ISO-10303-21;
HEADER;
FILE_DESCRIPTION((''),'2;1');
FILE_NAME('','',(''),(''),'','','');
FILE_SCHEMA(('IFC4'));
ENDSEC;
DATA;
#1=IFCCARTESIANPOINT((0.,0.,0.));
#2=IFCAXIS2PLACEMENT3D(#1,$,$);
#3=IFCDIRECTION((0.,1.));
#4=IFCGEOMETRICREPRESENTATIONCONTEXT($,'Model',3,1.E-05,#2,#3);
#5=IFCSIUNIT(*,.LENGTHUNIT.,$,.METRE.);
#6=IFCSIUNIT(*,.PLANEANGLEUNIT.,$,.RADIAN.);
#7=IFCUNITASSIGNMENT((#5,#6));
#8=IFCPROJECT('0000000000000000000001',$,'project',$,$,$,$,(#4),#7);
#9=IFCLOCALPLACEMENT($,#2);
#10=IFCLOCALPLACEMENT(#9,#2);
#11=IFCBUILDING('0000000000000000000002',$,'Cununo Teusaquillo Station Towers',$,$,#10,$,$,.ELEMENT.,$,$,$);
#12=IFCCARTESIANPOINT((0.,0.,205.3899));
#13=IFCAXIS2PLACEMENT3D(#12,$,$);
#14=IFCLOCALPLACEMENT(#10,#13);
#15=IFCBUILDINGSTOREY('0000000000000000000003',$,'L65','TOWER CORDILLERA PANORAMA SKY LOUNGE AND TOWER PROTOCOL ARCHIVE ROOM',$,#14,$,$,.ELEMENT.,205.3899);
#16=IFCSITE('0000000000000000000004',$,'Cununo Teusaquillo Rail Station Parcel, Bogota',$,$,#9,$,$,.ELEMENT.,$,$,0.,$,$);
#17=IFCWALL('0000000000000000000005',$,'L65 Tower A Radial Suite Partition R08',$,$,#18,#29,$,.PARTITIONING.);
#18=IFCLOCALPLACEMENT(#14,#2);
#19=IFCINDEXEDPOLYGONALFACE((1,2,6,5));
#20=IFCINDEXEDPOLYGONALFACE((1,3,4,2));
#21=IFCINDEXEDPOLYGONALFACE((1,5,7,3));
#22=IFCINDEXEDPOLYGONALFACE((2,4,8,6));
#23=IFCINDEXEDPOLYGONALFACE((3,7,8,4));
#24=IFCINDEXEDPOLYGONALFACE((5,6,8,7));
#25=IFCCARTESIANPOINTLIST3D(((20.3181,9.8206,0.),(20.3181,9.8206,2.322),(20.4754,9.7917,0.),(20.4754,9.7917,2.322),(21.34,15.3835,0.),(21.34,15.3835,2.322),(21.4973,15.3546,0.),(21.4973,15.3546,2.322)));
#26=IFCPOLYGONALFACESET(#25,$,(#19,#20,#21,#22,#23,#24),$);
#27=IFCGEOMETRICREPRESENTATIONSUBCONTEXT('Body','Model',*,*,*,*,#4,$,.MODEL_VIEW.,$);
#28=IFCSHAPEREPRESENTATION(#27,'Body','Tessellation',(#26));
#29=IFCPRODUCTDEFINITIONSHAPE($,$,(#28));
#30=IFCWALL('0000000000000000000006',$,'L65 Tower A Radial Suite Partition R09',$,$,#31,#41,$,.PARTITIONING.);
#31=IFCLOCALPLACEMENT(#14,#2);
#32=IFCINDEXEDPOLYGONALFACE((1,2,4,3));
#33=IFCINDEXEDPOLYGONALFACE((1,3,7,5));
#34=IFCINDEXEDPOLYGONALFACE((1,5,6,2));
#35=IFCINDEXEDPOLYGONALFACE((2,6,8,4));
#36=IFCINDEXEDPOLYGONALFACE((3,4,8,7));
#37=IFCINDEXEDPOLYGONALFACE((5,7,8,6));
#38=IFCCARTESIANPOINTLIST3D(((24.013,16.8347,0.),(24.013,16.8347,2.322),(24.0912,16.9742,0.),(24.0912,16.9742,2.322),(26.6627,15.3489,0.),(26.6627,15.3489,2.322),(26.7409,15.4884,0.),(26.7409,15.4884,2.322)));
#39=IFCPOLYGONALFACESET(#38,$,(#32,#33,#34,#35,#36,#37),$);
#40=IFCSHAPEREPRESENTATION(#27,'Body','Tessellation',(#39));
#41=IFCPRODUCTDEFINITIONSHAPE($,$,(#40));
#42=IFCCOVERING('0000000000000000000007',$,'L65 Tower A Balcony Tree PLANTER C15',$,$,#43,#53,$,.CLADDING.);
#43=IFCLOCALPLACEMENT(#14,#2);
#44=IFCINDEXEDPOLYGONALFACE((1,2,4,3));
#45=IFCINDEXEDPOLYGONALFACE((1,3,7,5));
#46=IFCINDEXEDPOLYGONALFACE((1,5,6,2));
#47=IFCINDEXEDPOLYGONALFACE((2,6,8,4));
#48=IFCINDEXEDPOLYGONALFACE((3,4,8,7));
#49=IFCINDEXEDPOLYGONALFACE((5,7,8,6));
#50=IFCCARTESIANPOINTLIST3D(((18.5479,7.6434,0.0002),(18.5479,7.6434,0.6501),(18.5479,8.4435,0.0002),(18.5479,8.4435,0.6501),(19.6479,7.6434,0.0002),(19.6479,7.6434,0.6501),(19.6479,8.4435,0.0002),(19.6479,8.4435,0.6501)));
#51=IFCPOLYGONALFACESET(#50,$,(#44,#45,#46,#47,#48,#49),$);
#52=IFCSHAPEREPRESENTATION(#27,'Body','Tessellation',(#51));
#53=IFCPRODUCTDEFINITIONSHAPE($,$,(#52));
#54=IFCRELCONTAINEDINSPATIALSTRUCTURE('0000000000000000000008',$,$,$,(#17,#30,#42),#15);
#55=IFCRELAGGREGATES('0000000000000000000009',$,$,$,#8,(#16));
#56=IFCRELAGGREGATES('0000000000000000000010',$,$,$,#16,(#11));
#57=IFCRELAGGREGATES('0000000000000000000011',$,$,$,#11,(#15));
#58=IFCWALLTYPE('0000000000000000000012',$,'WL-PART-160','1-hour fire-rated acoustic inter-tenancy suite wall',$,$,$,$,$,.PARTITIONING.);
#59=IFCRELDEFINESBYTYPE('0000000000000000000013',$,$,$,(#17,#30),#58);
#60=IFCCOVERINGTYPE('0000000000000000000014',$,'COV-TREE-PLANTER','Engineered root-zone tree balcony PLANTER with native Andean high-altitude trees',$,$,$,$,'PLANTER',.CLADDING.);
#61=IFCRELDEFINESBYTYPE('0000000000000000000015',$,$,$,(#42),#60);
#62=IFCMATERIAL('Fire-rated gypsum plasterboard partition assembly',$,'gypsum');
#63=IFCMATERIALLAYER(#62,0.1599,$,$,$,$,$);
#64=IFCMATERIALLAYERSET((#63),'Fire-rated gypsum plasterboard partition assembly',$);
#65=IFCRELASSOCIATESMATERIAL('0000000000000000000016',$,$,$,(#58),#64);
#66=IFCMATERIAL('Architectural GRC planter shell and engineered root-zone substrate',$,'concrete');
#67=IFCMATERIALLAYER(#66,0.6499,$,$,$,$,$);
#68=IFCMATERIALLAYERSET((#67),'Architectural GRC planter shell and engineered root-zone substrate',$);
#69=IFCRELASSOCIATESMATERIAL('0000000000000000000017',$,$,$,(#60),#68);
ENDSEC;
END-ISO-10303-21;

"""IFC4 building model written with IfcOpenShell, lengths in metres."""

from ifc_helpers import new_model, si_unit, direction, frame, frame_2d, origin, origin_2d, place, context, subcontext, project, spatial, rectangle, extrude, source, transform, mapped, material, layer, layer_set, type_object, element, save


model = new_model("IFC4")

# Units and contexts
model_context = context("Model", 3, precision=1e-05, world=origin(), true_north=direction((0.0, 1.0)))
body_context = subcontext(model_context, "Body", "Model", "MODEL_VIEW")
ifc_project = project(units=[si_unit("LENGTHUNIT", "METRE"), si_unit("PLANEANGLEUNIT", "RADIAN")], contexts=[model_context])

# Site, building, storey
site_placement = place(None, origin())
site = spatial("IfcSite", under=ifc_project, at=site_placement, Name="Cununo Teusaquillo Rail Station Parcel, Bogota", CompositionType="ELEMENT", RefElevation=0.0)
building_placement = place(site_placement, origin())
building = spatial("IfcBuilding", under=site, at=building_placement, Name="Cununo Teusaquillo Station Towers", CompositionType="ELEMENT")
storey_placement = place(building_placement, frame((0.0, 0.0, 205.3899)))
storey = spatial("IfcBuildingStorey", under=building, at=storey_placement, Name="L65", Description="TOWER CORDILLERA PANORAMA SKY LOUNGE AND TOWER PROTOCOL ARCHIVE ROOM", CompositionType="ELEMENT", Elevation=205.3899)

# Walls
ifc_material_1 = material(Name="Fire-rated gypsum plasterboard partition assembly", Category="gypsum")
ifc_layer_1 = layer(ifc_material_1, 0.1599)
ifc_layer_set_1 = layer_set([ifc_layer_1], Name="Fire-rated gypsum plasterboard partition assembly")
wall_type_1 = type_object("IfcWallType", Name="WL-PART-160", Description="1-hour fire-rated acoustic inter-tenancy suite wall", PredefinedType="PARTITIONING", material=ifc_layer_set_1)
wall_1_placement = place(storey_placement, frame((21.4187, 15.3691, 0.0), z_axis=(0.0, 0.0, 1.0), x_axis=(-0.180686, -0.983541, 0.0)))
element("IfcWall", 1, at=wall_1_placement, inside=storey, type_object=wall_type_1, Name="L65 Tower A Radial Suite Partition R08", PredefinedType="PARTITIONING", context=body_context, shape_type="SweptSolid", body=[
    extrude(rectangle(XDim=5.656, YDim=0.1599, at=frame_2d((2.8281, 0.0))), origin(), (0.0, 0.0, 1.0), 2.322),
])
wall_2_placement = place(storey_placement, frame((24.052, 16.9045, 0.0), z_axis=(0.0, 0.0, 1.0), x_axis=(0.872221, -0.489112, 0.0)))
element("IfcWall", 2, at=wall_2_placement, inside=storey, type_object=wall_type_1, Name="L65 Tower A Radial Suite Partition R09", PredefinedType="PARTITIONING", context=body_context, shape_type="SweptSolid", body=[
    extrude(rectangle(XDim=3.0378, YDim=0.1599, at=frame_2d((1.519, 0.0))), origin(), (0.0, 0.0, 1.0), 2.322),
])

# Covering
ifc_material_2 = material(Name="Architectural GRC planter shell and engineered root-zone substrate", Category="concrete")
ifc_layer_2 = layer(ifc_material_2, 0.6499)
ifc_layer_set_2 = layer_set([ifc_layer_2], Name="Architectural GRC planter shell and engineered root-zone substrate")
covering_type = type_object("IfcCoveringType", Name="COV-TREE-PLANTER", Description="Engineered root-zone tree balcony PLANTER with native Andean high-altitude trees", ElementType="PLANTER", PredefinedType="CLADDING", material=ifc_layer_set_2)
shared_shape_1 = source(origin(), body_context, "Body", "SweptSolid", [
    extrude(rectangle(XDim=1.1001, YDim=0.8, at=origin_2d()), origin(), (0.0, 0.0, 1.0), 0.6499),
])
covering_placement = place(storey_placement, frame((19.0979, 8.0435, 0.0002), z_axis=(0.0, 0.0, 1.0), x_axis=(1.0, 0.0, 0.0)))
element("IfcCovering", 3, at=covering_placement, inside=storey, type_object=covering_type, Name="L65 Tower A Balcony Tree PLANTER C15", PredefinedType="CLADDING", context=body_context, shape_type="MappedRepresentation", body=[
    mapped(shared_shape_1, transform((0.0, 0.0, 0.0), x_axis=(1.0, 0.0, 0.0), y_axis=(0.0, 1.0, 0.0), z_axis=(0.0, 0.0, 1.0), scale=1.0)),
])

save(model, "model.ifc")
